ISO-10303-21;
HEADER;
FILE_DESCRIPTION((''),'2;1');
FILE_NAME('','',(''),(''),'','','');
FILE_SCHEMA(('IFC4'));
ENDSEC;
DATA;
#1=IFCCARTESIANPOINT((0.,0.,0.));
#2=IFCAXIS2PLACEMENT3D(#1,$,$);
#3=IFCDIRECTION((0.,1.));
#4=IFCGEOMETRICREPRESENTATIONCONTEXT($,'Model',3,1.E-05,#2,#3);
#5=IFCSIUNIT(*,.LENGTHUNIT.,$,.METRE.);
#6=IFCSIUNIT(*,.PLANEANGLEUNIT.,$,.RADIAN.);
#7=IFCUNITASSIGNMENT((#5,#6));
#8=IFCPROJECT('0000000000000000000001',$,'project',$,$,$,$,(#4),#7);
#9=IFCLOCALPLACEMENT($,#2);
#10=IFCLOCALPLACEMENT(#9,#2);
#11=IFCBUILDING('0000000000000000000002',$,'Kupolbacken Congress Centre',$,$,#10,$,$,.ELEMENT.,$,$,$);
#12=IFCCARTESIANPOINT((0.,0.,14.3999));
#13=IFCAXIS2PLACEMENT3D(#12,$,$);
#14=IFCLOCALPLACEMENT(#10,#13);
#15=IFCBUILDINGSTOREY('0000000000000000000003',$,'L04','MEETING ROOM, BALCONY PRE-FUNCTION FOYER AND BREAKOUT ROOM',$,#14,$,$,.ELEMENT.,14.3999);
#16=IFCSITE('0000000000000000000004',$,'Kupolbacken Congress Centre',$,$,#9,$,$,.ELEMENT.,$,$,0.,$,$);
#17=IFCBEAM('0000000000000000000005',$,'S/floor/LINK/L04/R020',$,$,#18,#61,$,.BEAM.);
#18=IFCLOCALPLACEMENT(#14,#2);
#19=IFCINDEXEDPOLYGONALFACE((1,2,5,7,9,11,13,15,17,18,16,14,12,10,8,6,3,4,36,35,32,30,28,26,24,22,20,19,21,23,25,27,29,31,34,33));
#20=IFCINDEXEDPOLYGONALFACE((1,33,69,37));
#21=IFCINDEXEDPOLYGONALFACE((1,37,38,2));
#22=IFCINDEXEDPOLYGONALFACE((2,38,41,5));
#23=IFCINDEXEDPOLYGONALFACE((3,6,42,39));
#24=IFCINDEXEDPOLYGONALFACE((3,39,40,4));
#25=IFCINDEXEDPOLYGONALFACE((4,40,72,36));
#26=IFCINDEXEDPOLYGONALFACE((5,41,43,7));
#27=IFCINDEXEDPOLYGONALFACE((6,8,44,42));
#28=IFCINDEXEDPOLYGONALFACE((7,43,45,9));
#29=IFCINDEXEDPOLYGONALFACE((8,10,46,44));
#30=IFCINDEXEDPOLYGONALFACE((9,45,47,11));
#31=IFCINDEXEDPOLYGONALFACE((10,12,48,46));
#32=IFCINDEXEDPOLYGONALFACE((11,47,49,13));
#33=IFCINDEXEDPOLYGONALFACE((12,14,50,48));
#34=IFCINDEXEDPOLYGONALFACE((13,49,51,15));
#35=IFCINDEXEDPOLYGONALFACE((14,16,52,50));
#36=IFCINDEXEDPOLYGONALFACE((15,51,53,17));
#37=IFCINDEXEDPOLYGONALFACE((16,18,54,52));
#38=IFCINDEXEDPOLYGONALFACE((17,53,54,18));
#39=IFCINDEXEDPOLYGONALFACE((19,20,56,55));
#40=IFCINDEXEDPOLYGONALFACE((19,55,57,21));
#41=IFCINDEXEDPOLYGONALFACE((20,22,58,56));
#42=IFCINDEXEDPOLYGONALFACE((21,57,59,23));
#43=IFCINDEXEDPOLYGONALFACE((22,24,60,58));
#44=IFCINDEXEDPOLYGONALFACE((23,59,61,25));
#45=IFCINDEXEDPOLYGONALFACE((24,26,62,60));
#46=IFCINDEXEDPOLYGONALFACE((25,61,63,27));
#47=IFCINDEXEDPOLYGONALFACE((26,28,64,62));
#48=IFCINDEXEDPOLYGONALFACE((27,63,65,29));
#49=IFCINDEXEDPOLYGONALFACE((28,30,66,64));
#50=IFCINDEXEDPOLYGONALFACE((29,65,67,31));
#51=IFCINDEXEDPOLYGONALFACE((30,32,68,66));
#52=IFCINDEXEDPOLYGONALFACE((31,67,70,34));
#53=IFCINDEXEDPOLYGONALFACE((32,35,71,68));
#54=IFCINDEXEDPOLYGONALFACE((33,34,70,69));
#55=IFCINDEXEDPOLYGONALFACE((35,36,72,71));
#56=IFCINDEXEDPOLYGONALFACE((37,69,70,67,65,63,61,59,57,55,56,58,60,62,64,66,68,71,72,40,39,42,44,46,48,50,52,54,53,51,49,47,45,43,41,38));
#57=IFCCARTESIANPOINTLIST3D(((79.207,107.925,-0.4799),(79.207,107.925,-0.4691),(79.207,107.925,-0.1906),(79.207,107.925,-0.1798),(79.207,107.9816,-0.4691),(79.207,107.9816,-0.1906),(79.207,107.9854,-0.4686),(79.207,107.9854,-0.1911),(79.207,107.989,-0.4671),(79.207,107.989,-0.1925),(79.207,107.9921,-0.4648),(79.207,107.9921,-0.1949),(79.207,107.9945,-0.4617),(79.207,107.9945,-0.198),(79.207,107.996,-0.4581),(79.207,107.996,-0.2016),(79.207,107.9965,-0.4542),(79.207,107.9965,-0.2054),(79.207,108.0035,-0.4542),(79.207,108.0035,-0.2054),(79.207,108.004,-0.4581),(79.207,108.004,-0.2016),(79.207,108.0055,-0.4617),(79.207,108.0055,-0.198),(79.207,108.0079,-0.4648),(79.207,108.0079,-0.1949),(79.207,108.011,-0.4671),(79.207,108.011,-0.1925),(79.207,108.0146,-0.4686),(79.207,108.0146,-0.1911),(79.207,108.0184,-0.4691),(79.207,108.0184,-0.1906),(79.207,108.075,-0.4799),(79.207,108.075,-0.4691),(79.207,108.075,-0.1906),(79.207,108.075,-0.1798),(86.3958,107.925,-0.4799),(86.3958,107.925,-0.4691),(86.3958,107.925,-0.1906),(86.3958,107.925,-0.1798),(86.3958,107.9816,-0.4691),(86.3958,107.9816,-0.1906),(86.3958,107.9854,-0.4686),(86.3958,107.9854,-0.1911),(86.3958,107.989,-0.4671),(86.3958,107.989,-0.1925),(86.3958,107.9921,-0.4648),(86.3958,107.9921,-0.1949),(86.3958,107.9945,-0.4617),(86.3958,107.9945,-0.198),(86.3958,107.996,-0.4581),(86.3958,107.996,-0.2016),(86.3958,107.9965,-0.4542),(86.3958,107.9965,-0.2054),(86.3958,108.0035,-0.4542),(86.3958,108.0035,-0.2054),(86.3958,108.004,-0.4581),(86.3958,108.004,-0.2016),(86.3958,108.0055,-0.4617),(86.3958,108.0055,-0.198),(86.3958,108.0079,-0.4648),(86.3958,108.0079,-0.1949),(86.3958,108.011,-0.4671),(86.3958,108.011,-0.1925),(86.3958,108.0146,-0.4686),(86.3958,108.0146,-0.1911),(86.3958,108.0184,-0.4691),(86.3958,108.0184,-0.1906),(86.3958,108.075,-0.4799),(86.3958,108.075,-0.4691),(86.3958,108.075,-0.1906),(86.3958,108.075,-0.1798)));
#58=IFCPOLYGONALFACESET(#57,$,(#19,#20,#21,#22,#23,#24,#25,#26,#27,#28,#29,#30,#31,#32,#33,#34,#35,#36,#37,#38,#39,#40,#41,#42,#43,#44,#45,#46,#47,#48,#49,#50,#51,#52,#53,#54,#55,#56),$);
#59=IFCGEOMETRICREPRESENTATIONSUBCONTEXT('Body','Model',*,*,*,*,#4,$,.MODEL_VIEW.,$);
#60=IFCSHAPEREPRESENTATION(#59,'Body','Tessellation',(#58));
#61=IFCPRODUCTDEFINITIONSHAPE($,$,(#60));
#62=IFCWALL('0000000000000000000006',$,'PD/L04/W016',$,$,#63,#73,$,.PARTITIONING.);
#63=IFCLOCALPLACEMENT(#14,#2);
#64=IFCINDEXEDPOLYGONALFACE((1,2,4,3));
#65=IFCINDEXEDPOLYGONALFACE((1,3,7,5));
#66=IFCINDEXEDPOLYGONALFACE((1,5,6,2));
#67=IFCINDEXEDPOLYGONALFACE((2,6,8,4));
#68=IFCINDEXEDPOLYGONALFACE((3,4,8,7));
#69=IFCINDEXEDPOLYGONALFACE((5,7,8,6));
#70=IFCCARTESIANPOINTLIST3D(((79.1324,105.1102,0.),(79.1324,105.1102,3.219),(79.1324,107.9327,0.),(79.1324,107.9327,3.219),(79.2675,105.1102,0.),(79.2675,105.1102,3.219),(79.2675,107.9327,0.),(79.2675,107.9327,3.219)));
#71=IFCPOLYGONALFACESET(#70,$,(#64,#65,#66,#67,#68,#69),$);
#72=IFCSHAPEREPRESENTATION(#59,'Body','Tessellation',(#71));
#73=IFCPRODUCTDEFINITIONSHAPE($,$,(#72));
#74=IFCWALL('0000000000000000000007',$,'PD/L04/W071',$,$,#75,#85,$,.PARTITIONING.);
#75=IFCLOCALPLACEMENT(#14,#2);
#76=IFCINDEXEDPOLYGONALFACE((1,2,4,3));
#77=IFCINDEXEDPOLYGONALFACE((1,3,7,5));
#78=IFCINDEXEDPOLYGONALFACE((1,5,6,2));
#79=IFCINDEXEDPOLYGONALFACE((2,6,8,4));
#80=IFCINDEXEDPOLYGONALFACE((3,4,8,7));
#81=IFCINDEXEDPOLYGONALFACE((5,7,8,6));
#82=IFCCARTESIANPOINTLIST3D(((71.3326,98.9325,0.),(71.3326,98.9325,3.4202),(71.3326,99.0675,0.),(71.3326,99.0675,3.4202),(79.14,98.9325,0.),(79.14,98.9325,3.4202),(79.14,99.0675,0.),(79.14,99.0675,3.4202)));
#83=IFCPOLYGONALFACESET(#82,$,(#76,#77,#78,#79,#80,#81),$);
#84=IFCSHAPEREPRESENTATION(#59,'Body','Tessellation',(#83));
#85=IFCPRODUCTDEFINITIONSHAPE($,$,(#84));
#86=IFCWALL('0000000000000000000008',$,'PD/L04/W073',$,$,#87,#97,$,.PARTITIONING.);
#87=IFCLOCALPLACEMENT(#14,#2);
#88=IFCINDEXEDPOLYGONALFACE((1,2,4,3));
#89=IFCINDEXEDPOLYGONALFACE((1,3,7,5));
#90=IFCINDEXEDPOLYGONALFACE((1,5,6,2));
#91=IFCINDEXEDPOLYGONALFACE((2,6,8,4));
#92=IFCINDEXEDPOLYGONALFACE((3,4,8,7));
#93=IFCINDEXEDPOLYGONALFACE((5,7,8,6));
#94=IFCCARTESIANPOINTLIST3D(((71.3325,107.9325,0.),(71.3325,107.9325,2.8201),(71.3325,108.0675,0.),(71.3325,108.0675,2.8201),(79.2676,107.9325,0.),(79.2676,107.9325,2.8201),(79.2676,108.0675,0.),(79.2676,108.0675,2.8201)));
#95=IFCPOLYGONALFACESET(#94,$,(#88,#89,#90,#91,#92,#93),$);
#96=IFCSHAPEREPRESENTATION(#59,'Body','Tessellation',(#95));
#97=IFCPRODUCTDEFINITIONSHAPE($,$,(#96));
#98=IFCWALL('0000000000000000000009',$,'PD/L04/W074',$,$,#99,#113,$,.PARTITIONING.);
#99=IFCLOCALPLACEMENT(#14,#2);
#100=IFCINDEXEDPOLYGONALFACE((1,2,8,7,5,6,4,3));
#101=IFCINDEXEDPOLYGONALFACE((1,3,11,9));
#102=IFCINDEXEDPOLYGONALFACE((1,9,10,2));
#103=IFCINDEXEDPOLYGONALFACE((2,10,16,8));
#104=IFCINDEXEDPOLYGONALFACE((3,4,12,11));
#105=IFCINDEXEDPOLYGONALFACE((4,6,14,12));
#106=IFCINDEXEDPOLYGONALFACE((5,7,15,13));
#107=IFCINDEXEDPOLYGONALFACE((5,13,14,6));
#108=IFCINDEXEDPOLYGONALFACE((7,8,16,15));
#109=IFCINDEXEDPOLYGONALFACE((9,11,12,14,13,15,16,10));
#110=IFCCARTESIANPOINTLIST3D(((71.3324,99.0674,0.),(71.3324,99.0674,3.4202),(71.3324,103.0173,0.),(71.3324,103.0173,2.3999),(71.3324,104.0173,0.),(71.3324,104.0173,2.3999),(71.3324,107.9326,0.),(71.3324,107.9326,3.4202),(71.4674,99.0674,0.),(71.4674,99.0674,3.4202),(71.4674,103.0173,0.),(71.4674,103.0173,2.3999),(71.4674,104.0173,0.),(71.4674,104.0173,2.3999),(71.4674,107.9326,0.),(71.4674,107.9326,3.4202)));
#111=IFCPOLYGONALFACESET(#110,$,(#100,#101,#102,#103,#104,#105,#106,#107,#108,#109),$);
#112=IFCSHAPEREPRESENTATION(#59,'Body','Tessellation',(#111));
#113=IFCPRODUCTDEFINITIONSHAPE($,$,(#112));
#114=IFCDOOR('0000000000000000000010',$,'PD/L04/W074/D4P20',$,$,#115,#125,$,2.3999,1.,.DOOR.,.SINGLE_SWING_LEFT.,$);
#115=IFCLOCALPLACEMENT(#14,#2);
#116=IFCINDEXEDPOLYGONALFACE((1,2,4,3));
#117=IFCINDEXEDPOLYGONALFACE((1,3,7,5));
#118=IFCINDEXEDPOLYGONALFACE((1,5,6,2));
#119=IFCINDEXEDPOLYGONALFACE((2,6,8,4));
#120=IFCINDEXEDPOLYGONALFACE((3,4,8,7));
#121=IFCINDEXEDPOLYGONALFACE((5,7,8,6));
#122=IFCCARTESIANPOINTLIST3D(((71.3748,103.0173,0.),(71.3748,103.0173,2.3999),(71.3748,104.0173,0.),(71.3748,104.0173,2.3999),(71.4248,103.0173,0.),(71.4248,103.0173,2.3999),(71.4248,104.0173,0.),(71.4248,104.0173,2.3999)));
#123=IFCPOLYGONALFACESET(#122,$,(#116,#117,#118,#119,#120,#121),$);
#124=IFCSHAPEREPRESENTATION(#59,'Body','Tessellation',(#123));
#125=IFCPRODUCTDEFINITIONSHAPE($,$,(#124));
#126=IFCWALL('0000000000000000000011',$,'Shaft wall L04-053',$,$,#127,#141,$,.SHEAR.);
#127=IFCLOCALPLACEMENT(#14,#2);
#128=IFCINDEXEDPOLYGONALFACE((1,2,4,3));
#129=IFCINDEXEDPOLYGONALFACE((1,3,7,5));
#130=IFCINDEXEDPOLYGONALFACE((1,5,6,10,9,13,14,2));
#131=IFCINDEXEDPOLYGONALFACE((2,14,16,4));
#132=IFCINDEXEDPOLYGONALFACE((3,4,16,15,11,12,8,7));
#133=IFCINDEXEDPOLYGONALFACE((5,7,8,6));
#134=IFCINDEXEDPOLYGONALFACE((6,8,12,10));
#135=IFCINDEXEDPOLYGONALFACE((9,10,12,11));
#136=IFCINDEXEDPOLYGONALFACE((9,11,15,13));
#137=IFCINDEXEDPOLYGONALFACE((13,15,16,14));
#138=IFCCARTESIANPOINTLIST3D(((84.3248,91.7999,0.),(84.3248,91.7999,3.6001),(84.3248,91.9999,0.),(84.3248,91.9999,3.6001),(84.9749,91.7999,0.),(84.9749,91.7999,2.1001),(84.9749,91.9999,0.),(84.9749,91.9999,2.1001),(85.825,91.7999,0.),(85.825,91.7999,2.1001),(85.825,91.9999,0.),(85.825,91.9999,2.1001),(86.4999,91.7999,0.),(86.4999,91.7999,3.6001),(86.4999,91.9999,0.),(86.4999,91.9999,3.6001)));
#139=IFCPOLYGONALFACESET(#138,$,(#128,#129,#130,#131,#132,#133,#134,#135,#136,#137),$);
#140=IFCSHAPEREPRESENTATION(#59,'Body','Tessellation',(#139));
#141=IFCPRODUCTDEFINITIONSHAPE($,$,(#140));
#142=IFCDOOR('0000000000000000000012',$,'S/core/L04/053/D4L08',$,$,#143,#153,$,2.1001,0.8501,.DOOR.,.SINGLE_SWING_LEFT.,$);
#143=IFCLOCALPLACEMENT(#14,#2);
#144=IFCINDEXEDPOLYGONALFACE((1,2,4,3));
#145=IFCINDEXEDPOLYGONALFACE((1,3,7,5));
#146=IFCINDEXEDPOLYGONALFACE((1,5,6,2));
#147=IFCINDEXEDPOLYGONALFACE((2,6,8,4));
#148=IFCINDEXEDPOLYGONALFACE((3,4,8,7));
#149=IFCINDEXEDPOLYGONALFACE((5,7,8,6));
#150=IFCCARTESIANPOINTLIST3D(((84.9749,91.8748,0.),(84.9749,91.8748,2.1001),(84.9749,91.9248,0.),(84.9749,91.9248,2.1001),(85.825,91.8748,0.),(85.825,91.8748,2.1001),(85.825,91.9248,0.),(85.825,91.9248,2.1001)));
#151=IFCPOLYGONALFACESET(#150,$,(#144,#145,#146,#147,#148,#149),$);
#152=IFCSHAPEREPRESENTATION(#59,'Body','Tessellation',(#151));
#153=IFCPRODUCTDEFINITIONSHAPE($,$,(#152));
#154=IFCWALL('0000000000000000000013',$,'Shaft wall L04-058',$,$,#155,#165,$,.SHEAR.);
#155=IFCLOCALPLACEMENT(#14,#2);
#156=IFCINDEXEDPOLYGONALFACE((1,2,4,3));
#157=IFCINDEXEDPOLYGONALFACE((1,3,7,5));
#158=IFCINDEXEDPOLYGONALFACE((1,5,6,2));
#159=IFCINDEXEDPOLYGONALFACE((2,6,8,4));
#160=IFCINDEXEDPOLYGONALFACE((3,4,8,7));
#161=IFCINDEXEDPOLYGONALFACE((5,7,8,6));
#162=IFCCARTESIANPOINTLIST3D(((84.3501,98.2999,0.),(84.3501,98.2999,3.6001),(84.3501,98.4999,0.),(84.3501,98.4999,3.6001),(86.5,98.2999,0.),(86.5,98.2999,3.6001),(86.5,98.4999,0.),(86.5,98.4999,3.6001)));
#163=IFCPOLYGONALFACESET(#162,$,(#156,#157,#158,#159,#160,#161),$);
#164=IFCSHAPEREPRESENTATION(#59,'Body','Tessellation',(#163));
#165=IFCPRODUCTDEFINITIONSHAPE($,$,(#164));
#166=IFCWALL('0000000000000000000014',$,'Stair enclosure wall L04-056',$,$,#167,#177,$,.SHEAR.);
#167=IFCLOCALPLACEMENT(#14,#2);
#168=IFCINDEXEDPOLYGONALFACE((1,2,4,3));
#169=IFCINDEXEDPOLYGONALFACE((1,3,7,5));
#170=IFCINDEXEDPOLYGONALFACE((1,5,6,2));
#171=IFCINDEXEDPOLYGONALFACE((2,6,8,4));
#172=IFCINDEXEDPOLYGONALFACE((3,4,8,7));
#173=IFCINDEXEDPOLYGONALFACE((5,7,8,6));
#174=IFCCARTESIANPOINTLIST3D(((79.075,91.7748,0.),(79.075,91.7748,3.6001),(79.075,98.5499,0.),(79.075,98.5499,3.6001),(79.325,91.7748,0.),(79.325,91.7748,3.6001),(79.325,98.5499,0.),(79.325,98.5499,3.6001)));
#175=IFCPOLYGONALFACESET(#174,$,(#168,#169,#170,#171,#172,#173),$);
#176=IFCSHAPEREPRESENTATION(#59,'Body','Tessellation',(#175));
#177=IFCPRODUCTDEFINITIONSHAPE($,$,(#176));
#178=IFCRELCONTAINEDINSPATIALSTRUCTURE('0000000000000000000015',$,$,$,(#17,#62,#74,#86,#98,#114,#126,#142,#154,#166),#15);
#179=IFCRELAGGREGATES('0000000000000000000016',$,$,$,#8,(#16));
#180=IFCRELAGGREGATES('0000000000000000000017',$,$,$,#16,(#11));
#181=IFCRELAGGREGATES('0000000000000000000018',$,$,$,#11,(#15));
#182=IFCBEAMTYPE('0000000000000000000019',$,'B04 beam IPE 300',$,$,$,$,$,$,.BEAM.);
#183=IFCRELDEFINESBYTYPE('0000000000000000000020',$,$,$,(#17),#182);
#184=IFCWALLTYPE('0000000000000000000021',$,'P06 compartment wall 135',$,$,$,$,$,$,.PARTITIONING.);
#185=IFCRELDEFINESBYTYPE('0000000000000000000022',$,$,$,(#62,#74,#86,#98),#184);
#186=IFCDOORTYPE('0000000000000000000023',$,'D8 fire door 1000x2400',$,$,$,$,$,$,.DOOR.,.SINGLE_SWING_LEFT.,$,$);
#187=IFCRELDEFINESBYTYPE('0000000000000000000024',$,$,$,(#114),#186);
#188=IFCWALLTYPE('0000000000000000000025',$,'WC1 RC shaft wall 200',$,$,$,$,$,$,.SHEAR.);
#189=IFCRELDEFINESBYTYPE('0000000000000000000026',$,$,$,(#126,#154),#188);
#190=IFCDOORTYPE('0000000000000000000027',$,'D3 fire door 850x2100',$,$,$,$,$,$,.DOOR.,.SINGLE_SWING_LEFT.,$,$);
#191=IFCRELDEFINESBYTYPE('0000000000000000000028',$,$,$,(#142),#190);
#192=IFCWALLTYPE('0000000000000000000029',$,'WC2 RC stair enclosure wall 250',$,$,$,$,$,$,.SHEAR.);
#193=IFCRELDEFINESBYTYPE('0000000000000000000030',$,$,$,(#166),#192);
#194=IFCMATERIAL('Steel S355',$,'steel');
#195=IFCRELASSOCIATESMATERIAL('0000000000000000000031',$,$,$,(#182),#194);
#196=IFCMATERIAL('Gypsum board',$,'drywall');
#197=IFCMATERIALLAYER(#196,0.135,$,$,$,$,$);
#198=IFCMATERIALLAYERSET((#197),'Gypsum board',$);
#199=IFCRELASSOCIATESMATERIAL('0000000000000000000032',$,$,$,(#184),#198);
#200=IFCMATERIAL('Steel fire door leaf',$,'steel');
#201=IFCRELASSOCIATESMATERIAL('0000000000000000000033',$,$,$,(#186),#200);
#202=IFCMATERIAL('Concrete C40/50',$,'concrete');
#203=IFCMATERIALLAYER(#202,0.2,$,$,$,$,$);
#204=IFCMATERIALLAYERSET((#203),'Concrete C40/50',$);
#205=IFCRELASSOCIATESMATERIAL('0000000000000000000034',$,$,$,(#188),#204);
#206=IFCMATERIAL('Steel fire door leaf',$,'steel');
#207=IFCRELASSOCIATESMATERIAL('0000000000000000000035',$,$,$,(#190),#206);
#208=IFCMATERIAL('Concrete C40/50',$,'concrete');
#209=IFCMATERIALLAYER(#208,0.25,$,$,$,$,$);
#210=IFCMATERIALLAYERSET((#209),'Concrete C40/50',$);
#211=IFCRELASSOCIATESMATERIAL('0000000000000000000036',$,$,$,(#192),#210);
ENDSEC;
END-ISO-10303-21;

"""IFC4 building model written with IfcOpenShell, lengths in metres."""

from ifc_helpers import new_model, si_unit, direction, frame, frame_2d, origin, origin_2d, place, context, subcontext, project, spatial, rectangle, i_section, extrude, material, layer, layer_set, material_profile, profile_set, type_object, element, fill, save


model = new_model("IFC4")

# Units and contexts
model_context = context("Model", 3, precision=1e-05, world=origin(), true_north=direction((0.0, 1.0)))
body_context = subcontext(model_context, "Body", "Model", "MODEL_VIEW")
ifc_project = project(units=[si_unit("LENGTHUNIT", "METRE"), si_unit("PLANEANGLEUNIT", "RADIAN")], contexts=[model_context])

# Site, building, storey
site_placement = place(None, origin())
site = spatial("IfcSite", under=ifc_project, at=site_placement, Name="Kupolbacken Congress Centre", CompositionType="ELEMENT", RefElevation=0.0)
building_placement = place(site_placement, origin())
building = spatial("IfcBuilding", under=site, at=building_placement, Name="Kupolbacken Congress Centre", CompositionType="ELEMENT")
storey_placement = place(building_placement, frame((0.0, 0.0, 14.3999)))
storey = spatial("IfcBuildingStorey", under=building, at=storey_placement, Name="L04", Description="MEETING ROOM, BALCONY PRE-FUNCTION FOYER AND BREAKOUT ROOM", CompositionType="ELEMENT", Elevation=14.3999)

# Beam
ifc_material_1 = material(Name="Steel S355", Category="steel")
ifc_material_profile_1 = material_profile(ifc_material_1, i_section(OverallWidth=0.1499, OverallDepth=0.3, WebThickness=0.0071, FlangeThickness=0.0107, FilletRadius=0.0149, at=origin_2d()), Name="IPE 300")
ifc_profile_set_1 = profile_set([ifc_material_profile_1], Name="Steel S355")
beam_type_1 = type_object("IfcBeamType", Name="B04 beam IPE 300", PredefinedType="BEAM", material=ifc_profile_set_1)
beam_1_placement = place(storey_placement, frame((79.207, 108.0, -0.3298), z_axis=(1.0, 0.0, 0.0), x_axis=(0.0, 1.0, 0.0)))
element("IfcBeam", 1, at=beam_1_placement, inside=storey, type_object=beam_type_1, Name="S/floor/LINK/L04/R020", PredefinedType="BEAM", context=body_context, shape_type="SweptSolid", body=[
    extrude(i_section(OverallWidth=0.1499, OverallDepth=0.3, WebThickness=0.0071, FlangeThickness=0.0107, FilletRadius=0.0149, at=origin_2d()), origin(), (0.0, 0.0, 1.0), 7.1887),
])

# Walls
ifc_material_2 = material(Name="Gypsum board", Category="drywall")
ifc_layer_1 = layer(ifc_material_2, 0.135)
ifc_layer_set_1 = layer_set([ifc_layer_1], Name="Gypsum board")
wall_type_1 = type_object("IfcWallType", Name="P06 compartment wall 135", PredefinedType="PARTITIONING", material=ifc_layer_set_1)
wall_1_placement = place(storey_placement, frame((79.2, 107.9326, 0.0), z_axis=(0.0, 0.0, 1.0), x_axis=(0.0, -1.0, 0.0)))
element("IfcWall", 2, at=wall_1_placement, inside=storey, type_object=wall_type_1, Name="PD/L04/W016", PredefinedType="PARTITIONING", context=body_context, shape_type="SweptSolid", body=[
    extrude(rectangle(XDim=2.8225, YDim=0.135, at=frame_2d((1.4111, 0.0))), origin(), (0.0, 0.0, 1.0), 3.219),
])
wall_2_placement = place(storey_placement, frame((71.3325, 99.0, 0.0), z_axis=(0.0, 0.0, 1.0), x_axis=(1.0, 0.0, 0.0)))
element("IfcWall", 3, at=wall_2_placement, inside=storey, type_object=wall_type_1, Name="PD/L04/W071", PredefinedType="PARTITIONING", context=body_context, shape_type="SweptSolid", body=[
    extrude(rectangle(XDim=7.8074, YDim=0.135, at=frame_2d((3.9038, 0.0))), origin(), (0.0, 0.0, 1.0), 3.4202),
])
wall_3_placement = place(storey_placement, frame((71.3325, 108.0, 0.0), z_axis=(0.0, 0.0, 1.0), x_axis=(1.0, 0.0, 0.0)))
element("IfcWall", 4, at=wall_3_placement, inside=storey, type_object=wall_type_1, Name="PD/L04/W073", PredefinedType="PARTITIONING", context=body_context, shape_type="SweptSolid", body=[
    extrude(rectangle(XDim=7.9351, YDim=0.135, at=frame_2d((3.9675, 0.0))), origin(), (0.0, 0.0, 1.0), 2.8201),
])

# Walls, openings, doors
wall_4_placement = place(storey_placement, frame((71.3999, 99.0674, 0.0), z_axis=(0.0, 0.0, 1.0), x_axis=(0.0, 1.0, 0.0)))
wall_4 = element("IfcWall", 5, at=wall_4_placement, inside=storey, type_object=wall_type_1, Name="PD/L04/W074", PredefinedType="PARTITIONING", context=body_context, shape_type="SweptSolid", body=[
    extrude(rectangle(XDim=8.8652, YDim=0.135, at=frame_2d((4.4326, 0.0))), origin(), (0.0, 0.0, 1.0), 3.4202),
])
opening_1_placement = place(wall_4_placement, frame((3.95, 0.0, 0.0)))
opening_1 = element("IfcOpeningElement", 6, at=opening_1_placement, cuts=wall_4, PredefinedType="OPENING", context=body_context, shape_type="SweptSolid", body=[
    extrude(rectangle(XDim=1.0, YDim=2.3999, at=frame_2d((0.5, 1.2))), frame((0.0, 0.0774, 0.0), z_axis=(0.0, -1.0, 0.0), x_axis=(1.0, 0.0, 0.0)), (0.0, 0.0, 1.0), 0.155),
])
ifc_material_3 = material(Name="Steel fire door leaf", Category="steel")
door_type_1 = type_object("IfcDoorType", Name="D8 fire door 1000x2400", OperationType="SINGLE_SWING_LEFT", PredefinedType="DOOR", material=ifc_material_3)
door_1_placement = place(opening_1_placement, frame((1.0, 0.0, 0.0), z_axis=(0.0, 0.0, 1.0), x_axis=(-1.0, 0.0, 0.0)))
door_1 = element("IfcDoor", 7, at=door_1_placement, inside=storey, type_object=door_type_1, Name="PD/L04/W074/D4P20", OperationType="SINGLE_SWING_LEFT", OverallHeight=2.3999, OverallWidth=1.0, PredefinedType="DOOR", context=body_context, shape_type="SweptSolid", body=[
    extrude(rectangle(XDim=1.0, YDim=2.3999, at=frame_2d((0.5, 1.2))), frame((0.0, 0.0249, 0.0), z_axis=(0.0, -1.0, 0.0), x_axis=(1.0, 0.0, 0.0)), (0.0, 0.0, 1.0), 0.05),
])
fill(opening_1, door_1)
ifc_material_4 = material(Name="Concrete C40/50", Category="concrete")
ifc_layer_2 = layer(ifc_material_4, 0.2)
ifc_layer_set_2 = layer_set([ifc_layer_2], Name="Concrete C40/50")
wall_type_2 = type_object("IfcWallType", Name="WC1 RC shaft wall 200", PredefinedType="SHEAR", material=ifc_layer_set_2)
wall_5_placement = place(storey_placement, frame((84.325, 91.8999, 0.0), z_axis=(0.0, 0.0, 1.0), x_axis=(1.0, 0.0, 0.0)))
wall_5 = element("IfcWall", 8, at=wall_5_placement, inside=storey, type_object=wall_type_2, Name="Shaft wall L04-053", PredefinedType="SHEAR", context=body_context, shape_type="SweptSolid", body=[
    extrude(rectangle(XDim=2.175, YDim=0.2, at=frame_2d((1.0874, 0.0))), origin(), (0.0, 0.0, 1.0), 3.6001),
])
opening_2_placement = place(wall_5_placement, frame((0.6499, 0.0, 0.0)))
opening_2 = element("IfcOpeningElement", 9, at=opening_2_placement, cuts=wall_5, PredefinedType="OPENING", context=body_context, shape_type="SweptSolid", body=[
    extrude(rectangle(XDim=0.8501, YDim=2.1001, at=frame_2d((0.425, 1.05))), frame((0.0, 0.1099, 0.0), z_axis=(0.0, -1.0, 0.0), x_axis=(1.0, 0.0, 0.0)), (0.0, 0.0, 1.0), 0.22),
])
ifc_material_5 = material(Name="Steel fire door leaf", Category="steel")
door_type_2 = type_object("IfcDoorType", Name="D3 fire door 850x2100", OperationType="SINGLE_SWING_LEFT", PredefinedType="DOOR", material=ifc_material_5)
door_2_placement = place(opening_2_placement, origin())
door_2 = element("IfcDoor", 10, at=door_2_placement, inside=storey, type_object=door_type_2, Name="S/core/L04/053/D4L08", OperationType="SINGLE_SWING_LEFT", OverallHeight=2.1001, OverallWidth=0.8501, PredefinedType="DOOR", context=body_context, shape_type="SweptSolid", body=[
    extrude(rectangle(XDim=0.8501, YDim=2.1001, at=frame_2d((0.425, 1.05))), frame((0.0, 0.0249, 0.0), z_axis=(0.0, -1.0, 0.0), x_axis=(1.0, 0.0, 0.0)), (0.0, 0.0, 1.0), 0.05),
])
fill(opening_2, door_2)

# Walls
wall_6_placement = place(storey_placement, frame((84.3501, 98.3999, 0.0), z_axis=(0.0, 0.0, 1.0), x_axis=(1.0, 0.0, 0.0)))
element("IfcWall", 11, at=wall_6_placement, inside=storey, type_object=wall_type_2, Name="Shaft wall L04-058", PredefinedType="SHEAR", context=body_context, shape_type="SweptSolid", body=[
    extrude(rectangle(XDim=2.1499, YDim=0.2, at=frame_2d((1.075, 0.0))), origin(), (0.0, 0.0, 1.0), 3.6001),
])
ifc_material_6 = material(Name="Concrete C40/50", Category="concrete")
ifc_layer_3 = layer(ifc_material_6, 0.25)
ifc_layer_set_3 = layer_set([ifc_layer_3], Name="Concrete C40/50")
wall_type_3 = type_object("IfcWallType", Name="WC2 RC stair enclosure wall 250", PredefinedType="SHEAR", material=ifc_layer_set_3)
wall_7_placement = place(storey_placement, frame((79.2, 98.55, 0.0), z_axis=(0.0, 0.0, 1.0), x_axis=(0.0, -1.0, 0.0)))
element("IfcWall", 12, at=wall_7_placement, inside=storey, type_object=wall_type_3, Name="Stair enclosure wall L04-056", PredefinedType="SHEAR", context=body_context, shape_type="SweptSolid", body=[
    extrude(rectangle(XDim=6.7751, YDim=0.25, at=frame_2d((3.3877, 0.0))), origin(), (0.0, 0.0, 1.0), 3.6001),
])

save(model, "model.ifc")
